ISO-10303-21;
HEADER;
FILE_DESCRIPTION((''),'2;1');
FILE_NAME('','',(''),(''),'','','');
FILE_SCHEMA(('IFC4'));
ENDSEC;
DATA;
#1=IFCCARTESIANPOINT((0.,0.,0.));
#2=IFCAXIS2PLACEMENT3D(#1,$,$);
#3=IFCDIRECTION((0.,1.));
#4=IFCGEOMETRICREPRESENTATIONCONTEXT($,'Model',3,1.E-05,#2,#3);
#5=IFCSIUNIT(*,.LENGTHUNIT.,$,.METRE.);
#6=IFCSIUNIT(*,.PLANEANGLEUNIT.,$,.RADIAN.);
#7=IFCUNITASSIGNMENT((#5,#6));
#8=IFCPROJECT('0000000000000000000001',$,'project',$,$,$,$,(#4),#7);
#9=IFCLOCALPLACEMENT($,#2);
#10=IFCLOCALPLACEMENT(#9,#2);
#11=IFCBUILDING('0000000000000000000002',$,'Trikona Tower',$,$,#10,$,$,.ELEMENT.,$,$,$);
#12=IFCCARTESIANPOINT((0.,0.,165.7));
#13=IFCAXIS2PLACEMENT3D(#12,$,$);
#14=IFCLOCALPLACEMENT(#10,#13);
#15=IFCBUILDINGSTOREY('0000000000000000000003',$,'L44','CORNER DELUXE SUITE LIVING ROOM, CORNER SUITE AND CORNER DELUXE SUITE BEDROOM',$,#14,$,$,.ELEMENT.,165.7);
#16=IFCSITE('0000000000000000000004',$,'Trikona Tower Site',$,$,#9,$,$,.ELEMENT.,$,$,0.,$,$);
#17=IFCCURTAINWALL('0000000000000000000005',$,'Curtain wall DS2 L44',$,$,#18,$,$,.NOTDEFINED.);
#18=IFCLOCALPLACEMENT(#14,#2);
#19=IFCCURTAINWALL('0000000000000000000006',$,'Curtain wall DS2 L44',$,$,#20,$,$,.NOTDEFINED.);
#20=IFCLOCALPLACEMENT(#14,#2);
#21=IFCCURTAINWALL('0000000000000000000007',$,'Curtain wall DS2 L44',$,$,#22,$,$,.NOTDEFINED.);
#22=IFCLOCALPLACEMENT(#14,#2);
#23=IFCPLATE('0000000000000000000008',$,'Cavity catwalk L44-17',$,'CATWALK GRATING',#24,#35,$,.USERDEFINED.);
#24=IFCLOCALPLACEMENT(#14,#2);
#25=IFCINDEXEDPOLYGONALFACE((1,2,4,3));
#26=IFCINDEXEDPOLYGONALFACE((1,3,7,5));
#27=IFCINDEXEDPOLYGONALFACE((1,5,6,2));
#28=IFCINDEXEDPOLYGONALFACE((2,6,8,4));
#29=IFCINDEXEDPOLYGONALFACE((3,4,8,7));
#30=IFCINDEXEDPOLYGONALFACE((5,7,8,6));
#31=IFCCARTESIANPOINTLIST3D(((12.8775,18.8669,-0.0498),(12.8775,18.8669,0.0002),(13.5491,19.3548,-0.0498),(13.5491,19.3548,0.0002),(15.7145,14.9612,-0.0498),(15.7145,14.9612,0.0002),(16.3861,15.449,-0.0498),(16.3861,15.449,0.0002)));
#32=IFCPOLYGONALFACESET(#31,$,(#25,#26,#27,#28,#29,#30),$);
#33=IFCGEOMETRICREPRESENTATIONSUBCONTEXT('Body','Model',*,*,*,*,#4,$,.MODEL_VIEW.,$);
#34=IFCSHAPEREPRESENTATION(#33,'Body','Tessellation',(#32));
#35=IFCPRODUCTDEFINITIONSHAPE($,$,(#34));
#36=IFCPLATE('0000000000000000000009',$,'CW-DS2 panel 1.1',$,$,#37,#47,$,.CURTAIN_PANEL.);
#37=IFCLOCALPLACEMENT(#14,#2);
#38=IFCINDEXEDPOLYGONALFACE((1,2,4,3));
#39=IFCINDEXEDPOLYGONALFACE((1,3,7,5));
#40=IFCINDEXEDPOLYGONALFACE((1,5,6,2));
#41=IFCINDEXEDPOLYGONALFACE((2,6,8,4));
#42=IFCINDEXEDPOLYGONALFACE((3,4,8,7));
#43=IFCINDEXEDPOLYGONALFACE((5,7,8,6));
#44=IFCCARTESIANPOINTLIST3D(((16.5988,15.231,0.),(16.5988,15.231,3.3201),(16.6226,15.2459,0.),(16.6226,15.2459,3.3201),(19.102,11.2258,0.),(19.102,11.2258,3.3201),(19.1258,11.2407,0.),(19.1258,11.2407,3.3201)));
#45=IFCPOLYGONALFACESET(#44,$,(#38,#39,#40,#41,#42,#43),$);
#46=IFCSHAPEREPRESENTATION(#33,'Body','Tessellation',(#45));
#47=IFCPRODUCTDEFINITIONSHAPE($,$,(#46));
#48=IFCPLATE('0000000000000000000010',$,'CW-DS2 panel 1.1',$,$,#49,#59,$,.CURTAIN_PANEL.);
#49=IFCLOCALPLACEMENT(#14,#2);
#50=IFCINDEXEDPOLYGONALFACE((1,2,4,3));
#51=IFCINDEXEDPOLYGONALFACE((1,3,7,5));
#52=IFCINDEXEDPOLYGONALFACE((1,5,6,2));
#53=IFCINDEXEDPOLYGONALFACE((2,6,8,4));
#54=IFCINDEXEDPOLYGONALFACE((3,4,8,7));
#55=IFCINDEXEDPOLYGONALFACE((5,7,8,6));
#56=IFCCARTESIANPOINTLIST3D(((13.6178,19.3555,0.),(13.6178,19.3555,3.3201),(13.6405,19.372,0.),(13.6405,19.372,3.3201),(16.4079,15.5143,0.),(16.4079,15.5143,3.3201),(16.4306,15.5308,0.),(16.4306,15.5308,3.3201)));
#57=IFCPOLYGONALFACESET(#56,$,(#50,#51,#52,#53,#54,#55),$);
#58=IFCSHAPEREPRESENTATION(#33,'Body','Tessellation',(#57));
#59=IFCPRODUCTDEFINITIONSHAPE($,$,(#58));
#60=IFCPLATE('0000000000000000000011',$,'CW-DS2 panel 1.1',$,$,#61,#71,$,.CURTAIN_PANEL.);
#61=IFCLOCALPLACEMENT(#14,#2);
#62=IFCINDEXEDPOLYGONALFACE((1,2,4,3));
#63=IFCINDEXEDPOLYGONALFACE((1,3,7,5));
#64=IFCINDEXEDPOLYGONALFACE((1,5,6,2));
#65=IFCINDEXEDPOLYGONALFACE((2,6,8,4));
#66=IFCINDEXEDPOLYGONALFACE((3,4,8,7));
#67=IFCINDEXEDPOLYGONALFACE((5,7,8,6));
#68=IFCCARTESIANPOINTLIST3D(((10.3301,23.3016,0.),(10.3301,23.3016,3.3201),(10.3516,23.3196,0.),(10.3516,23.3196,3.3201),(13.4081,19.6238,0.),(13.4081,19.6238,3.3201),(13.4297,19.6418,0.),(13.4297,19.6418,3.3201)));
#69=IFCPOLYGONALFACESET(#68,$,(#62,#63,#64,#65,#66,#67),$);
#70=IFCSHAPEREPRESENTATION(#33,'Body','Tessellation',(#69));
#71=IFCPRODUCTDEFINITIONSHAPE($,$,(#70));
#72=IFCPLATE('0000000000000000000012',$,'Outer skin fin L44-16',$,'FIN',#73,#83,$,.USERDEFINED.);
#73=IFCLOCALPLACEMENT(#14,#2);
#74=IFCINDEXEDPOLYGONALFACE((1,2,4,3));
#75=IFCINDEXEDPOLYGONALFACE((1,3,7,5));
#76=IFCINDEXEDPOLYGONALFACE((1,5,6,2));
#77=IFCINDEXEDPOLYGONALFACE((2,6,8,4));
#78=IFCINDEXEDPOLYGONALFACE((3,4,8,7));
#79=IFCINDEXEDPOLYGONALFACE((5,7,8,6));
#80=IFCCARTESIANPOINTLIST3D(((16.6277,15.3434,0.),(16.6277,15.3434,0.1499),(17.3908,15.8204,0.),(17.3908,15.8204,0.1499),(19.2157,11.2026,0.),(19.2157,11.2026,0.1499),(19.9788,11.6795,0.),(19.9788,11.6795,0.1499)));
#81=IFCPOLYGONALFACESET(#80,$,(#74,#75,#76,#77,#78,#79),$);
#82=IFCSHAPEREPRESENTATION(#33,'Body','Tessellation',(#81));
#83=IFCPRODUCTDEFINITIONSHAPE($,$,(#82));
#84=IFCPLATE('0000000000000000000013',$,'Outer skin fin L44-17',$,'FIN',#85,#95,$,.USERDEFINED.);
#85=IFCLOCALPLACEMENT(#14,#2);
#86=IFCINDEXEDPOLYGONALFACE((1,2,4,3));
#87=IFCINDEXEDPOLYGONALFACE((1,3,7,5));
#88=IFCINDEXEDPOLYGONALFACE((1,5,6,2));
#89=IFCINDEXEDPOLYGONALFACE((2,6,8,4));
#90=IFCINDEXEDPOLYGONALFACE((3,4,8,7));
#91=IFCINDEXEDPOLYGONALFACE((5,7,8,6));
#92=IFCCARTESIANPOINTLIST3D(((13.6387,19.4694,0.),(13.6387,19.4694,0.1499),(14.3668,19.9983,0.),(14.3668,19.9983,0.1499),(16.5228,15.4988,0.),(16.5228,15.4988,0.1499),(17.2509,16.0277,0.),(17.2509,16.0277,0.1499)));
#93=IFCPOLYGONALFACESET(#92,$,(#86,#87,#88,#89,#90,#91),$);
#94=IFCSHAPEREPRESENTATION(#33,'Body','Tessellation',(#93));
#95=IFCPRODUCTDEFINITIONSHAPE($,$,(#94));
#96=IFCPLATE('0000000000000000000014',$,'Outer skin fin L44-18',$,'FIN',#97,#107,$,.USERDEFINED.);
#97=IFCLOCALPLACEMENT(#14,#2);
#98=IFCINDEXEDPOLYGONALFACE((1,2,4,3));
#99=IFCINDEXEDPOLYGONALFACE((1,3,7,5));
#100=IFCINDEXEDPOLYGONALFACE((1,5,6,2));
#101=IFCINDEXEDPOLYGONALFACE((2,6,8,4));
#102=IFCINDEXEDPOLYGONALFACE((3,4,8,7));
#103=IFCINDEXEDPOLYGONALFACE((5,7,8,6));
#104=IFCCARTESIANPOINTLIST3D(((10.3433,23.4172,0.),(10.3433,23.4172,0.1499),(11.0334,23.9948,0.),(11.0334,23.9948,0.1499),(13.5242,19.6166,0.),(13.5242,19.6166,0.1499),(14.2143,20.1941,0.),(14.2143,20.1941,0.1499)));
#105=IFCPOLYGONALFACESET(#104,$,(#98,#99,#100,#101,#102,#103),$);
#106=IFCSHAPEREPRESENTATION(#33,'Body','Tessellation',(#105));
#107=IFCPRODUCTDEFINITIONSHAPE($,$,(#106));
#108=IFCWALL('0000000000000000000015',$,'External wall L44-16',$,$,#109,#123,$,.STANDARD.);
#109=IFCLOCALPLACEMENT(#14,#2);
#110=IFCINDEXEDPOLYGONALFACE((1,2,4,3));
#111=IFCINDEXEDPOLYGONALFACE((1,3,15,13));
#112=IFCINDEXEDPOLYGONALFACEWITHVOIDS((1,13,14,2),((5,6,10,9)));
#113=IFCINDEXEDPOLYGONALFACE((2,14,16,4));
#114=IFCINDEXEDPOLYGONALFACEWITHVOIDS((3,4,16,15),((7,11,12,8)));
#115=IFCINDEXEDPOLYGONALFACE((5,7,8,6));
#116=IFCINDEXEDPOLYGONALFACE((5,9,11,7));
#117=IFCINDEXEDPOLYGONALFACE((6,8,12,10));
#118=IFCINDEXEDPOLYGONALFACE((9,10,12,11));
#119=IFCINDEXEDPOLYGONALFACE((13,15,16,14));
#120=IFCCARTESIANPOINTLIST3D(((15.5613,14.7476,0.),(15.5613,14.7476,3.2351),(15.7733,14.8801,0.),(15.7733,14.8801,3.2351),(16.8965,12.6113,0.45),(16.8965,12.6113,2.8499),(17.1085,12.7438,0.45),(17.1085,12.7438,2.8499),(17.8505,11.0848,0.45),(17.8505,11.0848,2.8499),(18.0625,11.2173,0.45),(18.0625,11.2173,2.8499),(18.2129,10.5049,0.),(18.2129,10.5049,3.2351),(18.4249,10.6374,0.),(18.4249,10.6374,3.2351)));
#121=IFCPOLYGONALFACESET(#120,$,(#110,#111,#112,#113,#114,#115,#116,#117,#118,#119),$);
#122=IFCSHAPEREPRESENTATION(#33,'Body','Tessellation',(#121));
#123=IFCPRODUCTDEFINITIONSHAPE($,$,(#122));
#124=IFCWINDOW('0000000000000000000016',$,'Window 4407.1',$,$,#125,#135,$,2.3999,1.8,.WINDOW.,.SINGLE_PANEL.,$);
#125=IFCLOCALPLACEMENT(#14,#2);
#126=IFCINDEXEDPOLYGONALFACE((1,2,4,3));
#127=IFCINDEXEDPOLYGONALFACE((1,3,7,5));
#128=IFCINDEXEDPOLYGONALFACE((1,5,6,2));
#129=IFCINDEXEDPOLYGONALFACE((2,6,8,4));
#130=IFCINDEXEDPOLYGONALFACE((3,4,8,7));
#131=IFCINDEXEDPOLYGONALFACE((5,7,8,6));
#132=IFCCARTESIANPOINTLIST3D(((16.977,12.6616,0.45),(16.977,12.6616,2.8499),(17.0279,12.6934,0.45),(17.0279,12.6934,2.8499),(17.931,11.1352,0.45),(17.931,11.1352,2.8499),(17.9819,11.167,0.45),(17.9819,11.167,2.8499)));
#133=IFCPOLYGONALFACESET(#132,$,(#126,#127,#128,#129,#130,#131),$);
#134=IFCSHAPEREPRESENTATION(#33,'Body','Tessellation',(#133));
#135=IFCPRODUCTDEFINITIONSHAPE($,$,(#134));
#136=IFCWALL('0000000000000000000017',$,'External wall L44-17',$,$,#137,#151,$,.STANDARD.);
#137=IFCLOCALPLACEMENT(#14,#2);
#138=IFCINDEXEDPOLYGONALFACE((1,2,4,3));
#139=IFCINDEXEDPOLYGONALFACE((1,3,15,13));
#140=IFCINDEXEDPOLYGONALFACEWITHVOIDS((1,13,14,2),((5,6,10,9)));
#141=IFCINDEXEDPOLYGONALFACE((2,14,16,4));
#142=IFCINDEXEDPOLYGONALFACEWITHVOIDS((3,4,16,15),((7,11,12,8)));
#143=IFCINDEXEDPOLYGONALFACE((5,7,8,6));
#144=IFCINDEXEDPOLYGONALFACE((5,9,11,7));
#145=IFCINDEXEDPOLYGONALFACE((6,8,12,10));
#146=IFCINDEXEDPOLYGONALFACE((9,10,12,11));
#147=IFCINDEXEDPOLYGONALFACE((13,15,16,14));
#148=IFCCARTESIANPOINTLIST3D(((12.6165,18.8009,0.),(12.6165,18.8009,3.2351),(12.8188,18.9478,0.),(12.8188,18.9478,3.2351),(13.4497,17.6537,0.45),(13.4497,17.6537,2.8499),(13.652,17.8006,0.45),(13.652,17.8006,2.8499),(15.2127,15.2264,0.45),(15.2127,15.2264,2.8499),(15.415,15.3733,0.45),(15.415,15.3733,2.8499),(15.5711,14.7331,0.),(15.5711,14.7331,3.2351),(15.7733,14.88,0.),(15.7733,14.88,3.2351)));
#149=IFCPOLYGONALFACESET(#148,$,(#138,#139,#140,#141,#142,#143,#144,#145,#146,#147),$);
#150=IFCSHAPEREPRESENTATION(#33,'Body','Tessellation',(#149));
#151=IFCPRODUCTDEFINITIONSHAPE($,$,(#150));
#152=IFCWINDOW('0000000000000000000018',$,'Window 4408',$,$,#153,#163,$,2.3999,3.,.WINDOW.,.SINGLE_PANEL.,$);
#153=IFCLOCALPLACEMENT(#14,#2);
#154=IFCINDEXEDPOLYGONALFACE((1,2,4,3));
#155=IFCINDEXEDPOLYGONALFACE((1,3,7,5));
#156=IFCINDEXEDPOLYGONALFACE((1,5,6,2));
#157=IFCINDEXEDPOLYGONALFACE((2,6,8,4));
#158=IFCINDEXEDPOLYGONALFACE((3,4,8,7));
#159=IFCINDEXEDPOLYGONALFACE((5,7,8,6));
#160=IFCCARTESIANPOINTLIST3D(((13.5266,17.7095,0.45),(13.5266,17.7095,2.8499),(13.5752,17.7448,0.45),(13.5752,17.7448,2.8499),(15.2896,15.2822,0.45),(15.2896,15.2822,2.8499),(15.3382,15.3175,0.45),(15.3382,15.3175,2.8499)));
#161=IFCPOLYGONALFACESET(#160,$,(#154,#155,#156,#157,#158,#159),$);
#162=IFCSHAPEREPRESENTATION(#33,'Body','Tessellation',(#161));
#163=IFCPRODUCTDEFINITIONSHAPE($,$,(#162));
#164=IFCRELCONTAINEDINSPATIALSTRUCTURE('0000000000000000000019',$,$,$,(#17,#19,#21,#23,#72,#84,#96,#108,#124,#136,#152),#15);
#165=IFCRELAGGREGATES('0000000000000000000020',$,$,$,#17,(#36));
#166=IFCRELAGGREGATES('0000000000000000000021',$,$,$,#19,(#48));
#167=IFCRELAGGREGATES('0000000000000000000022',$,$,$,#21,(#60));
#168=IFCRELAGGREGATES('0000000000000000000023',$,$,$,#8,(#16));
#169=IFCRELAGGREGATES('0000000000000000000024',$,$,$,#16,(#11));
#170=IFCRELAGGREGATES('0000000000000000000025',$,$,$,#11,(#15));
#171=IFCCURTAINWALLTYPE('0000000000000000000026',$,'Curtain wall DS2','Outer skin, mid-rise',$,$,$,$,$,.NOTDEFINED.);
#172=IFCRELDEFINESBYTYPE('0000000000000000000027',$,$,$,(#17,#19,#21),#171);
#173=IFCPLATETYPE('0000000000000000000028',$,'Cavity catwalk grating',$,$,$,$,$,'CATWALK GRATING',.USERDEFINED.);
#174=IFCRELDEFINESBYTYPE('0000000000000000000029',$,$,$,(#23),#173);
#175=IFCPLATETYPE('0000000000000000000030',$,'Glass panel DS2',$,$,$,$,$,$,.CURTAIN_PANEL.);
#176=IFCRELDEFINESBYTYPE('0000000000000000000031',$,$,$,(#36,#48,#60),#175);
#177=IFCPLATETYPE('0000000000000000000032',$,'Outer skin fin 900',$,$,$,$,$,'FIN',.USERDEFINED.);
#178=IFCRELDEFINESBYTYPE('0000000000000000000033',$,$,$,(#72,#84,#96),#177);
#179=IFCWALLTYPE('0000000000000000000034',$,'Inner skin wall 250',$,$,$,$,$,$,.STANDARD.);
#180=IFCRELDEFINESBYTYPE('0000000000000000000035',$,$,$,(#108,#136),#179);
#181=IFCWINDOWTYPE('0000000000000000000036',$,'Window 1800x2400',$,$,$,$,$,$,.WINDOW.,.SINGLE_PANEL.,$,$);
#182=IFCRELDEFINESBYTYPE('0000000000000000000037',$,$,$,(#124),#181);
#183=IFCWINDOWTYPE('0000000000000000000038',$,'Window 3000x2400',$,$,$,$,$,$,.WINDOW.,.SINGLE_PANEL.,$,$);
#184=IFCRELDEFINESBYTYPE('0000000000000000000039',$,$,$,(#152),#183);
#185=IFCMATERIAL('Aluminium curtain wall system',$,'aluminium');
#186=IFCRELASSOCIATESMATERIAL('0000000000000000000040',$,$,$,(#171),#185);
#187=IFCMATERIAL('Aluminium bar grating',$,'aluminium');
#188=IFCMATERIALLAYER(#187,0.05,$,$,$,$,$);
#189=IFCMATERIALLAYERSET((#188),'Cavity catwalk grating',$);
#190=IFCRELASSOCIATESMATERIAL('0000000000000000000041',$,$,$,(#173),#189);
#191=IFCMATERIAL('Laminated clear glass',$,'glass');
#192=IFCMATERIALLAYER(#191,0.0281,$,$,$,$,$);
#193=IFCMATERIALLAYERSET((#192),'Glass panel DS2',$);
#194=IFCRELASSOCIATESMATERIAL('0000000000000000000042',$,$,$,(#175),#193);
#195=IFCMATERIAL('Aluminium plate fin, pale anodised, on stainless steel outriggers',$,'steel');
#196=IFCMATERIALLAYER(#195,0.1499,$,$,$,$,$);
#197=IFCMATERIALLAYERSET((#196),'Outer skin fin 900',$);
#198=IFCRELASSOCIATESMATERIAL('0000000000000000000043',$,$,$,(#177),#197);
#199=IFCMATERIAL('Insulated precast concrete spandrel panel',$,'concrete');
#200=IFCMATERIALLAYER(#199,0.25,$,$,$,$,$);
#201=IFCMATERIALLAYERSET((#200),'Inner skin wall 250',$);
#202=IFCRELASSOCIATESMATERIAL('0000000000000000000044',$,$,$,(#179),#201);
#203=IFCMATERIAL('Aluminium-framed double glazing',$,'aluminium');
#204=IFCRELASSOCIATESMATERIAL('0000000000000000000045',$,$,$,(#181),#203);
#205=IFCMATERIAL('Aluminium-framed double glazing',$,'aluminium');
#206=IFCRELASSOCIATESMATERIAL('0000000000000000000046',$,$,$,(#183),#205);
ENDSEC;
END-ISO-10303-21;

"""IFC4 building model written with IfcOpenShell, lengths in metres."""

from ifc_helpers import new_model, si_unit, direction, frame, frame_2d, origin, origin_2d, place, context, subcontext, project, spatial, rectangle, extrude, material, layer, layer_set, type_object, element, fill, aggregate, save


model = new_model("IFC4")

# Units and contexts
model_context = context("Model", 3, precision=1e-05, world=origin(), true_north=direction((0.0, 1.0)))
body_context = subcontext(model_context, "Body", "Model", "MODEL_VIEW")
ifc_project = project(units=[si_unit("LENGTHUNIT", "METRE"), si_unit("PLANEANGLEUNIT", "RADIAN")], contexts=[model_context])

# Site, building, storey
site_placement = place(None, origin())
site = spatial("IfcSite", under=ifc_project, at=site_placement, Name="Trikona Tower Site", CompositionType="ELEMENT", RefElevation=0.0)
building_placement = place(site_placement, origin())
building = spatial("IfcBuilding", under=site, at=building_placement, Name="Trikona Tower", CompositionType="ELEMENT")
storey_placement = place(building_placement, frame((0.0, 0.0, 165.7)))
storey = spatial("IfcBuildingStorey", under=building, at=storey_placement, Name="L44", Description="CORNER DELUXE SUITE LIVING ROOM, CORNER SUITE AND CORNER DELUXE SUITE BEDROOM", CompositionType="ELEMENT", Elevation=165.7)

# Shared definitions
ifc_material_1 = material(Name="Aluminium curtain wall system", Category="aluminium")
curtain_wall_type = type_object("IfcCurtainWallType", Name="Curtain wall DS2", Description="Outer skin, mid-rise", PredefinedType="NOTDEFINED", material=ifc_material_1)

# Curtain walls
curtain_wall_1_placement = place(storey_placement, origin())
curtain_wall_1 = element("IfcCurtainWall", 1, at=curtain_wall_1_placement, inside=storey, type_object=curtain_wall_type, Name="Curtain wall DS2 L44", PredefinedType="NOTDEFINED")
curtain_wall_2_placement = place(storey_placement, origin())
curtain_wall_2 = element("IfcCurtainWall", 2, at=curtain_wall_2_placement, inside=storey, type_object=curtain_wall_type, Name="Curtain wall DS2 L44", PredefinedType="NOTDEFINED")

# Curtain wall
curtain_wall_3_placement = place(storey_placement, origin())
curtain_wall_3 = element("IfcCurtainWall", 3, at=curtain_wall_3_placement, inside=storey, type_object=curtain_wall_type, Name="Curtain wall DS2 L44", PredefinedType="NOTDEFINED")

# Plate
ifc_material_2 = material(Name="Aluminium bar grating", Category="aluminium")
ifc_layer_1 = layer(ifc_material_2, 0.05)
ifc_layer_set_1 = layer_set([ifc_layer_1], Name="Cavity catwalk grating")
plate_type_1 = type_object("IfcPlateType", Name="Cavity catwalk grating", ElementType="CATWALK GRATING", PredefinedType="USERDEFINED", material=ifc_layer_set_1)
plate_1_placement = place(storey_placement, frame((14.6318, 17.158, -0.0498), z_axis=(0.0, 0.0, 1.0), x_axis=(-0.587686, 0.809089, 0.0)))
element("IfcPlate", 4, at=plate_1_placement, inside=storey, type_object=plate_type_1, Name="Cavity catwalk L44-17", ObjectType="CATWALK GRATING", PredefinedType="USERDEFINED", context=body_context, shape_type="SweptSolid", body=[
    extrude(rectangle(XDim=4.8274, YDim=0.8301, at=origin_2d()), origin(), (0.0, 0.0, 1.0), 0.05),
])

# Plates
ifc_material_3 = material(Name="Laminated clear glass", Category="glass")
ifc_layer_2 = layer(ifc_material_3, 0.0281)
ifc_layer_set_2 = layer_set([ifc_layer_2], Name="Glass panel DS2")
plate_type_2 = type_object("IfcPlateType", Name="Glass panel DS2", PredefinedType="CURTAIN_PANEL", material=ifc_layer_set_2)
plate_2_placement = place(storey_placement, frame((17.8623, 13.2358, 0.0), z_axis=(0.0, 0.0, 1.0), x_axis=(-0.529999, 0.847998, 0.0)))
plate_2 = element("IfcPlate", 5, at=plate_2_placement, type_object=plate_type_2, Name="CW-DS2 panel 1.1", PredefinedType="CURTAIN_PANEL", context=body_context, shape_type="SweptSolid", body=[
    extrude(rectangle(XDim=4.7231, YDim=0.0281, at=origin_2d()), origin(), (0.0, 0.0, 1.0), 3.3201),
])
aggregate(curtain_wall_1, [plate_2])
plate_3_placement = place(storey_placement, frame((15.0242, 17.4431, 0.0), z_axis=(0.0, 0.0, 1.0), x_axis=(-0.587691, 0.809086, 0.0)))
plate_3 = element("IfcPlate", 6, at=plate_3_placement, type_object=plate_type_2, Name="CW-DS2 panel 1.1", PredefinedType="CURTAIN_PANEL", context=body_context, shape_type="SweptSolid", body=[
    extrude(rectangle(XDim=4.7476, YDim=0.0281, at=origin_2d()), origin(), (0.0, 0.0, 1.0), 3.3201),
])
aggregate(curtain_wall_2, [plate_3])
plate_4_placement = place(storey_placement, frame((11.8799, 21.4717, 0.0), z_axis=(0.0, 0.0, 1.0), x_axis=(-0.641806, 0.766867, 0.0)))
plate_4 = element("IfcPlate", 7, at=plate_4_placement, type_object=plate_type_2, Name="CW-DS2 panel 1.1", PredefinedType="CURTAIN_PANEL", context=body_context, shape_type="SweptSolid", body=[
    extrude(rectangle(XDim=4.7959, YDim=0.0281, at=origin_2d()), origin(), (0.0, 0.0, 1.0), 3.3201),
])
aggregate(curtain_wall_3, [plate_4])

# Plates
ifc_material_4 = material(Name="Aluminium plate fin, pale anodised, on stainless steel outriggers", Category="steel")
ifc_layer_3 = layer(ifc_material_4, 0.1499)
ifc_layer_set_3 = layer_set([ifc_layer_3], Name="Outer skin fin 900")
plate_type_3 = type_object("IfcPlateType", Name="Outer skin fin 900", ElementType="FIN", PredefinedType="USERDEFINED", material=ifc_layer_set_3)
plate_5_placement = place(storey_placement, frame((18.3032, 13.5115, 0.0), z_axis=(0.0, 0.0, 1.0), x_axis=(-0.529995, 0.848001, 0.0)))
element("IfcPlate", 8, at=plate_5_placement, inside=storey, type_object=plate_type_3, Name="Outer skin fin L44-16", ObjectType="FIN", PredefinedType="USERDEFINED", context=body_context, shape_type="SweptSolid", body=[
    extrude(rectangle(XDim=4.8831, YDim=0.8999, at=origin_2d()), origin(), (0.0, 0.0, 1.0), 0.1499),
])
plate_6_placement = place(storey_placement, frame((15.4448, 17.7485, 0.0), z_axis=(0.0, 0.0, 1.0), x_axis=(-0.587686, 0.809089, 0.0)))
element("IfcPlate", 9, at=plate_6_placement, inside=storey, type_object=plate_type_3, Name="Outer skin fin L44-17", ObjectType="FIN", PredefinedType="USERDEFINED", context=body_context, shape_type="SweptSolid", body=[
    extrude(rectangle(XDim=4.9075, YDim=0.8999, at=origin_2d()), origin(), (0.0, 0.0, 1.0), 0.1499),
])
plate_7_placement = place(storey_placement, frame((12.2788, 21.8057, 0.0), z_axis=(0.0, 0.0, 1.0), x_axis=(-0.641807, 0.766866, 0.0)))
element("IfcPlate", 10, at=plate_7_placement, inside=storey, type_object=plate_type_3, Name="Outer skin fin L44-18", ObjectType="FIN", PredefinedType="USERDEFINED", context=body_context, shape_type="SweptSolid", body=[
    extrude(rectangle(XDim=4.9561, YDim=0.8999, at=origin_2d()), origin(), (0.0, 0.0, 1.0), 0.1499),
])

# Walls, openings, windows
ifc_material_5 = material(Name="Insulated precast concrete spandrel panel", Category="concrete")
ifc_layer_4 = layer(ifc_material_5, 0.25)
ifc_layer_set_4 = layer_set([ifc_layer_4], Name="Inner skin wall 250")
wall_type = type_object("IfcWallType", Name="Inner skin wall 250", PredefinedType="STANDARD", material=ifc_layer_set_4)
wall_1_placement = place(storey_placement, frame((18.3188, 10.5713, 0.0), z_axis=(0.0, 0.0, 1.0), x_axis=(-0.52999, 0.848004, 0.0)))
wall_1 = element("IfcWall", 11, at=wall_1_placement, inside=storey, type_object=wall_type, Name="External wall L44-16", PredefinedType="STANDARD", context=body_context, shape_type="SweptSolid", body=[
    extrude(rectangle(XDim=5.0032, YDim=0.25, at=frame_2d((2.5015, 0.0))), origin(), (0.0, 0.0, 1.0), 3.2351),
])
opening_1_placement = place(wall_1_placement, frame((0.6838, 0.0, 0.45)))
opening_1 = element("IfcOpeningElement", 12, at=opening_1_placement, cuts=wall_1, PredefinedType="OPENING", context=body_context, shape_type="SweptSolid", body=[
    extrude(rectangle(XDim=1.8, YDim=2.3999, at=frame_2d((0.8999, 1.2))), frame((0.0, 0.135, 0.0), z_axis=(0.0, -1.0, 0.0), x_axis=(1.0, 0.0, 0.0)), (0.0, 0.0, 1.0), 0.27),
])
ifc_material_6 = material(Name="Aluminium-framed double glazing", Category="aluminium")
window_type_1 = type_object("IfcWindowType", Name="Window 1800x2400", PartitioningType="SINGLE_PANEL", PredefinedType="WINDOW", material=ifc_material_6)
window_1_placement = place(opening_1_placement, origin())
window_1 = element("IfcWindow", 13, at=window_1_placement, inside=storey, type_object=window_type_1, Name="Window 4407.1", OverallHeight=2.3999, OverallWidth=1.8, PartitioningType="SINGLE_PANEL", PredefinedType="WINDOW", context=body_context, shape_type="SweptSolid", body=[
    extrude(rectangle(XDim=1.8, YDim=2.3999, at=frame_2d((0.8999, 1.2))), frame((0.0, 0.03, 0.0), z_axis=(0.0, -1.0, 0.0), x_axis=(1.0, 0.0, 0.0)), (0.0, 0.0, 1.0), 0.0601),
])
fill(opening_1, window_1)
wall_2_placement = place(storey_placement, frame((15.6721, 14.8066, 0.0), z_axis=(0.0, 0.0, 1.0), x_axis=(-0.587669, 0.809101, 0.0)))
wall_2 = element("IfcWall", 14, at=wall_2_placement, inside=storey, type_object=wall_type, Name="External wall L44-17", PredefinedType="STANDARD", context=body_context, shape_type="SweptSolid", body=[
    extrude(rectangle(XDim=5.0276, YDim=0.25, at=frame_2d((2.5137, 0.0))), origin(), (0.0, 0.0, 1.0), 3.2351),
])
opening_2_placement = place(wall_2_placement, frame((0.6096, 0.0, 0.45)))
opening_2 = element("IfcOpeningElement", 15, at=opening_2_placement, cuts=wall_2, PredefinedType="OPENING", context=body_context, shape_type="SweptSolid", body=[
    extrude(rectangle(XDim=3.0, YDim=2.3999, at=frame_2d((1.5, 1.2))), frame((0.0, 0.135, 0.0), z_axis=(0.0, -1.0, 0.0), x_axis=(1.0, 0.0, 0.0)), (0.0, 0.0, 1.0), 0.27),
])
ifc_material_7 = material(Name="Aluminium-framed double glazing", Category="aluminium")
window_type_2 = type_object("IfcWindowType", Name="Window 3000x2400", PartitioningType="SINGLE_PANEL", PredefinedType="WINDOW", material=ifc_material_7)
window_2_placement = place(opening_2_placement, origin())
window_2 = element("IfcWindow", 16, at=window_2_placement, inside=storey, type_object=window_type_2, Name="Window 4408", OverallHeight=2.3999, OverallWidth=3.0, PartitioningType="SINGLE_PANEL", PredefinedType="WINDOW", context=body_context, shape_type="SweptSolid", body=[
    extrude(rectangle(XDim=3.0, YDim=2.3999, at=frame_2d((1.5, 1.2))), frame((0.0, 0.03, 0.0), z_axis=(0.0, -1.0, 0.0), x_axis=(1.0, 0.0, 0.0)), (0.0, 0.0, 1.0), 0.0601),
])
fill(opening_2, window_2)

save(model, "model.ifc")
